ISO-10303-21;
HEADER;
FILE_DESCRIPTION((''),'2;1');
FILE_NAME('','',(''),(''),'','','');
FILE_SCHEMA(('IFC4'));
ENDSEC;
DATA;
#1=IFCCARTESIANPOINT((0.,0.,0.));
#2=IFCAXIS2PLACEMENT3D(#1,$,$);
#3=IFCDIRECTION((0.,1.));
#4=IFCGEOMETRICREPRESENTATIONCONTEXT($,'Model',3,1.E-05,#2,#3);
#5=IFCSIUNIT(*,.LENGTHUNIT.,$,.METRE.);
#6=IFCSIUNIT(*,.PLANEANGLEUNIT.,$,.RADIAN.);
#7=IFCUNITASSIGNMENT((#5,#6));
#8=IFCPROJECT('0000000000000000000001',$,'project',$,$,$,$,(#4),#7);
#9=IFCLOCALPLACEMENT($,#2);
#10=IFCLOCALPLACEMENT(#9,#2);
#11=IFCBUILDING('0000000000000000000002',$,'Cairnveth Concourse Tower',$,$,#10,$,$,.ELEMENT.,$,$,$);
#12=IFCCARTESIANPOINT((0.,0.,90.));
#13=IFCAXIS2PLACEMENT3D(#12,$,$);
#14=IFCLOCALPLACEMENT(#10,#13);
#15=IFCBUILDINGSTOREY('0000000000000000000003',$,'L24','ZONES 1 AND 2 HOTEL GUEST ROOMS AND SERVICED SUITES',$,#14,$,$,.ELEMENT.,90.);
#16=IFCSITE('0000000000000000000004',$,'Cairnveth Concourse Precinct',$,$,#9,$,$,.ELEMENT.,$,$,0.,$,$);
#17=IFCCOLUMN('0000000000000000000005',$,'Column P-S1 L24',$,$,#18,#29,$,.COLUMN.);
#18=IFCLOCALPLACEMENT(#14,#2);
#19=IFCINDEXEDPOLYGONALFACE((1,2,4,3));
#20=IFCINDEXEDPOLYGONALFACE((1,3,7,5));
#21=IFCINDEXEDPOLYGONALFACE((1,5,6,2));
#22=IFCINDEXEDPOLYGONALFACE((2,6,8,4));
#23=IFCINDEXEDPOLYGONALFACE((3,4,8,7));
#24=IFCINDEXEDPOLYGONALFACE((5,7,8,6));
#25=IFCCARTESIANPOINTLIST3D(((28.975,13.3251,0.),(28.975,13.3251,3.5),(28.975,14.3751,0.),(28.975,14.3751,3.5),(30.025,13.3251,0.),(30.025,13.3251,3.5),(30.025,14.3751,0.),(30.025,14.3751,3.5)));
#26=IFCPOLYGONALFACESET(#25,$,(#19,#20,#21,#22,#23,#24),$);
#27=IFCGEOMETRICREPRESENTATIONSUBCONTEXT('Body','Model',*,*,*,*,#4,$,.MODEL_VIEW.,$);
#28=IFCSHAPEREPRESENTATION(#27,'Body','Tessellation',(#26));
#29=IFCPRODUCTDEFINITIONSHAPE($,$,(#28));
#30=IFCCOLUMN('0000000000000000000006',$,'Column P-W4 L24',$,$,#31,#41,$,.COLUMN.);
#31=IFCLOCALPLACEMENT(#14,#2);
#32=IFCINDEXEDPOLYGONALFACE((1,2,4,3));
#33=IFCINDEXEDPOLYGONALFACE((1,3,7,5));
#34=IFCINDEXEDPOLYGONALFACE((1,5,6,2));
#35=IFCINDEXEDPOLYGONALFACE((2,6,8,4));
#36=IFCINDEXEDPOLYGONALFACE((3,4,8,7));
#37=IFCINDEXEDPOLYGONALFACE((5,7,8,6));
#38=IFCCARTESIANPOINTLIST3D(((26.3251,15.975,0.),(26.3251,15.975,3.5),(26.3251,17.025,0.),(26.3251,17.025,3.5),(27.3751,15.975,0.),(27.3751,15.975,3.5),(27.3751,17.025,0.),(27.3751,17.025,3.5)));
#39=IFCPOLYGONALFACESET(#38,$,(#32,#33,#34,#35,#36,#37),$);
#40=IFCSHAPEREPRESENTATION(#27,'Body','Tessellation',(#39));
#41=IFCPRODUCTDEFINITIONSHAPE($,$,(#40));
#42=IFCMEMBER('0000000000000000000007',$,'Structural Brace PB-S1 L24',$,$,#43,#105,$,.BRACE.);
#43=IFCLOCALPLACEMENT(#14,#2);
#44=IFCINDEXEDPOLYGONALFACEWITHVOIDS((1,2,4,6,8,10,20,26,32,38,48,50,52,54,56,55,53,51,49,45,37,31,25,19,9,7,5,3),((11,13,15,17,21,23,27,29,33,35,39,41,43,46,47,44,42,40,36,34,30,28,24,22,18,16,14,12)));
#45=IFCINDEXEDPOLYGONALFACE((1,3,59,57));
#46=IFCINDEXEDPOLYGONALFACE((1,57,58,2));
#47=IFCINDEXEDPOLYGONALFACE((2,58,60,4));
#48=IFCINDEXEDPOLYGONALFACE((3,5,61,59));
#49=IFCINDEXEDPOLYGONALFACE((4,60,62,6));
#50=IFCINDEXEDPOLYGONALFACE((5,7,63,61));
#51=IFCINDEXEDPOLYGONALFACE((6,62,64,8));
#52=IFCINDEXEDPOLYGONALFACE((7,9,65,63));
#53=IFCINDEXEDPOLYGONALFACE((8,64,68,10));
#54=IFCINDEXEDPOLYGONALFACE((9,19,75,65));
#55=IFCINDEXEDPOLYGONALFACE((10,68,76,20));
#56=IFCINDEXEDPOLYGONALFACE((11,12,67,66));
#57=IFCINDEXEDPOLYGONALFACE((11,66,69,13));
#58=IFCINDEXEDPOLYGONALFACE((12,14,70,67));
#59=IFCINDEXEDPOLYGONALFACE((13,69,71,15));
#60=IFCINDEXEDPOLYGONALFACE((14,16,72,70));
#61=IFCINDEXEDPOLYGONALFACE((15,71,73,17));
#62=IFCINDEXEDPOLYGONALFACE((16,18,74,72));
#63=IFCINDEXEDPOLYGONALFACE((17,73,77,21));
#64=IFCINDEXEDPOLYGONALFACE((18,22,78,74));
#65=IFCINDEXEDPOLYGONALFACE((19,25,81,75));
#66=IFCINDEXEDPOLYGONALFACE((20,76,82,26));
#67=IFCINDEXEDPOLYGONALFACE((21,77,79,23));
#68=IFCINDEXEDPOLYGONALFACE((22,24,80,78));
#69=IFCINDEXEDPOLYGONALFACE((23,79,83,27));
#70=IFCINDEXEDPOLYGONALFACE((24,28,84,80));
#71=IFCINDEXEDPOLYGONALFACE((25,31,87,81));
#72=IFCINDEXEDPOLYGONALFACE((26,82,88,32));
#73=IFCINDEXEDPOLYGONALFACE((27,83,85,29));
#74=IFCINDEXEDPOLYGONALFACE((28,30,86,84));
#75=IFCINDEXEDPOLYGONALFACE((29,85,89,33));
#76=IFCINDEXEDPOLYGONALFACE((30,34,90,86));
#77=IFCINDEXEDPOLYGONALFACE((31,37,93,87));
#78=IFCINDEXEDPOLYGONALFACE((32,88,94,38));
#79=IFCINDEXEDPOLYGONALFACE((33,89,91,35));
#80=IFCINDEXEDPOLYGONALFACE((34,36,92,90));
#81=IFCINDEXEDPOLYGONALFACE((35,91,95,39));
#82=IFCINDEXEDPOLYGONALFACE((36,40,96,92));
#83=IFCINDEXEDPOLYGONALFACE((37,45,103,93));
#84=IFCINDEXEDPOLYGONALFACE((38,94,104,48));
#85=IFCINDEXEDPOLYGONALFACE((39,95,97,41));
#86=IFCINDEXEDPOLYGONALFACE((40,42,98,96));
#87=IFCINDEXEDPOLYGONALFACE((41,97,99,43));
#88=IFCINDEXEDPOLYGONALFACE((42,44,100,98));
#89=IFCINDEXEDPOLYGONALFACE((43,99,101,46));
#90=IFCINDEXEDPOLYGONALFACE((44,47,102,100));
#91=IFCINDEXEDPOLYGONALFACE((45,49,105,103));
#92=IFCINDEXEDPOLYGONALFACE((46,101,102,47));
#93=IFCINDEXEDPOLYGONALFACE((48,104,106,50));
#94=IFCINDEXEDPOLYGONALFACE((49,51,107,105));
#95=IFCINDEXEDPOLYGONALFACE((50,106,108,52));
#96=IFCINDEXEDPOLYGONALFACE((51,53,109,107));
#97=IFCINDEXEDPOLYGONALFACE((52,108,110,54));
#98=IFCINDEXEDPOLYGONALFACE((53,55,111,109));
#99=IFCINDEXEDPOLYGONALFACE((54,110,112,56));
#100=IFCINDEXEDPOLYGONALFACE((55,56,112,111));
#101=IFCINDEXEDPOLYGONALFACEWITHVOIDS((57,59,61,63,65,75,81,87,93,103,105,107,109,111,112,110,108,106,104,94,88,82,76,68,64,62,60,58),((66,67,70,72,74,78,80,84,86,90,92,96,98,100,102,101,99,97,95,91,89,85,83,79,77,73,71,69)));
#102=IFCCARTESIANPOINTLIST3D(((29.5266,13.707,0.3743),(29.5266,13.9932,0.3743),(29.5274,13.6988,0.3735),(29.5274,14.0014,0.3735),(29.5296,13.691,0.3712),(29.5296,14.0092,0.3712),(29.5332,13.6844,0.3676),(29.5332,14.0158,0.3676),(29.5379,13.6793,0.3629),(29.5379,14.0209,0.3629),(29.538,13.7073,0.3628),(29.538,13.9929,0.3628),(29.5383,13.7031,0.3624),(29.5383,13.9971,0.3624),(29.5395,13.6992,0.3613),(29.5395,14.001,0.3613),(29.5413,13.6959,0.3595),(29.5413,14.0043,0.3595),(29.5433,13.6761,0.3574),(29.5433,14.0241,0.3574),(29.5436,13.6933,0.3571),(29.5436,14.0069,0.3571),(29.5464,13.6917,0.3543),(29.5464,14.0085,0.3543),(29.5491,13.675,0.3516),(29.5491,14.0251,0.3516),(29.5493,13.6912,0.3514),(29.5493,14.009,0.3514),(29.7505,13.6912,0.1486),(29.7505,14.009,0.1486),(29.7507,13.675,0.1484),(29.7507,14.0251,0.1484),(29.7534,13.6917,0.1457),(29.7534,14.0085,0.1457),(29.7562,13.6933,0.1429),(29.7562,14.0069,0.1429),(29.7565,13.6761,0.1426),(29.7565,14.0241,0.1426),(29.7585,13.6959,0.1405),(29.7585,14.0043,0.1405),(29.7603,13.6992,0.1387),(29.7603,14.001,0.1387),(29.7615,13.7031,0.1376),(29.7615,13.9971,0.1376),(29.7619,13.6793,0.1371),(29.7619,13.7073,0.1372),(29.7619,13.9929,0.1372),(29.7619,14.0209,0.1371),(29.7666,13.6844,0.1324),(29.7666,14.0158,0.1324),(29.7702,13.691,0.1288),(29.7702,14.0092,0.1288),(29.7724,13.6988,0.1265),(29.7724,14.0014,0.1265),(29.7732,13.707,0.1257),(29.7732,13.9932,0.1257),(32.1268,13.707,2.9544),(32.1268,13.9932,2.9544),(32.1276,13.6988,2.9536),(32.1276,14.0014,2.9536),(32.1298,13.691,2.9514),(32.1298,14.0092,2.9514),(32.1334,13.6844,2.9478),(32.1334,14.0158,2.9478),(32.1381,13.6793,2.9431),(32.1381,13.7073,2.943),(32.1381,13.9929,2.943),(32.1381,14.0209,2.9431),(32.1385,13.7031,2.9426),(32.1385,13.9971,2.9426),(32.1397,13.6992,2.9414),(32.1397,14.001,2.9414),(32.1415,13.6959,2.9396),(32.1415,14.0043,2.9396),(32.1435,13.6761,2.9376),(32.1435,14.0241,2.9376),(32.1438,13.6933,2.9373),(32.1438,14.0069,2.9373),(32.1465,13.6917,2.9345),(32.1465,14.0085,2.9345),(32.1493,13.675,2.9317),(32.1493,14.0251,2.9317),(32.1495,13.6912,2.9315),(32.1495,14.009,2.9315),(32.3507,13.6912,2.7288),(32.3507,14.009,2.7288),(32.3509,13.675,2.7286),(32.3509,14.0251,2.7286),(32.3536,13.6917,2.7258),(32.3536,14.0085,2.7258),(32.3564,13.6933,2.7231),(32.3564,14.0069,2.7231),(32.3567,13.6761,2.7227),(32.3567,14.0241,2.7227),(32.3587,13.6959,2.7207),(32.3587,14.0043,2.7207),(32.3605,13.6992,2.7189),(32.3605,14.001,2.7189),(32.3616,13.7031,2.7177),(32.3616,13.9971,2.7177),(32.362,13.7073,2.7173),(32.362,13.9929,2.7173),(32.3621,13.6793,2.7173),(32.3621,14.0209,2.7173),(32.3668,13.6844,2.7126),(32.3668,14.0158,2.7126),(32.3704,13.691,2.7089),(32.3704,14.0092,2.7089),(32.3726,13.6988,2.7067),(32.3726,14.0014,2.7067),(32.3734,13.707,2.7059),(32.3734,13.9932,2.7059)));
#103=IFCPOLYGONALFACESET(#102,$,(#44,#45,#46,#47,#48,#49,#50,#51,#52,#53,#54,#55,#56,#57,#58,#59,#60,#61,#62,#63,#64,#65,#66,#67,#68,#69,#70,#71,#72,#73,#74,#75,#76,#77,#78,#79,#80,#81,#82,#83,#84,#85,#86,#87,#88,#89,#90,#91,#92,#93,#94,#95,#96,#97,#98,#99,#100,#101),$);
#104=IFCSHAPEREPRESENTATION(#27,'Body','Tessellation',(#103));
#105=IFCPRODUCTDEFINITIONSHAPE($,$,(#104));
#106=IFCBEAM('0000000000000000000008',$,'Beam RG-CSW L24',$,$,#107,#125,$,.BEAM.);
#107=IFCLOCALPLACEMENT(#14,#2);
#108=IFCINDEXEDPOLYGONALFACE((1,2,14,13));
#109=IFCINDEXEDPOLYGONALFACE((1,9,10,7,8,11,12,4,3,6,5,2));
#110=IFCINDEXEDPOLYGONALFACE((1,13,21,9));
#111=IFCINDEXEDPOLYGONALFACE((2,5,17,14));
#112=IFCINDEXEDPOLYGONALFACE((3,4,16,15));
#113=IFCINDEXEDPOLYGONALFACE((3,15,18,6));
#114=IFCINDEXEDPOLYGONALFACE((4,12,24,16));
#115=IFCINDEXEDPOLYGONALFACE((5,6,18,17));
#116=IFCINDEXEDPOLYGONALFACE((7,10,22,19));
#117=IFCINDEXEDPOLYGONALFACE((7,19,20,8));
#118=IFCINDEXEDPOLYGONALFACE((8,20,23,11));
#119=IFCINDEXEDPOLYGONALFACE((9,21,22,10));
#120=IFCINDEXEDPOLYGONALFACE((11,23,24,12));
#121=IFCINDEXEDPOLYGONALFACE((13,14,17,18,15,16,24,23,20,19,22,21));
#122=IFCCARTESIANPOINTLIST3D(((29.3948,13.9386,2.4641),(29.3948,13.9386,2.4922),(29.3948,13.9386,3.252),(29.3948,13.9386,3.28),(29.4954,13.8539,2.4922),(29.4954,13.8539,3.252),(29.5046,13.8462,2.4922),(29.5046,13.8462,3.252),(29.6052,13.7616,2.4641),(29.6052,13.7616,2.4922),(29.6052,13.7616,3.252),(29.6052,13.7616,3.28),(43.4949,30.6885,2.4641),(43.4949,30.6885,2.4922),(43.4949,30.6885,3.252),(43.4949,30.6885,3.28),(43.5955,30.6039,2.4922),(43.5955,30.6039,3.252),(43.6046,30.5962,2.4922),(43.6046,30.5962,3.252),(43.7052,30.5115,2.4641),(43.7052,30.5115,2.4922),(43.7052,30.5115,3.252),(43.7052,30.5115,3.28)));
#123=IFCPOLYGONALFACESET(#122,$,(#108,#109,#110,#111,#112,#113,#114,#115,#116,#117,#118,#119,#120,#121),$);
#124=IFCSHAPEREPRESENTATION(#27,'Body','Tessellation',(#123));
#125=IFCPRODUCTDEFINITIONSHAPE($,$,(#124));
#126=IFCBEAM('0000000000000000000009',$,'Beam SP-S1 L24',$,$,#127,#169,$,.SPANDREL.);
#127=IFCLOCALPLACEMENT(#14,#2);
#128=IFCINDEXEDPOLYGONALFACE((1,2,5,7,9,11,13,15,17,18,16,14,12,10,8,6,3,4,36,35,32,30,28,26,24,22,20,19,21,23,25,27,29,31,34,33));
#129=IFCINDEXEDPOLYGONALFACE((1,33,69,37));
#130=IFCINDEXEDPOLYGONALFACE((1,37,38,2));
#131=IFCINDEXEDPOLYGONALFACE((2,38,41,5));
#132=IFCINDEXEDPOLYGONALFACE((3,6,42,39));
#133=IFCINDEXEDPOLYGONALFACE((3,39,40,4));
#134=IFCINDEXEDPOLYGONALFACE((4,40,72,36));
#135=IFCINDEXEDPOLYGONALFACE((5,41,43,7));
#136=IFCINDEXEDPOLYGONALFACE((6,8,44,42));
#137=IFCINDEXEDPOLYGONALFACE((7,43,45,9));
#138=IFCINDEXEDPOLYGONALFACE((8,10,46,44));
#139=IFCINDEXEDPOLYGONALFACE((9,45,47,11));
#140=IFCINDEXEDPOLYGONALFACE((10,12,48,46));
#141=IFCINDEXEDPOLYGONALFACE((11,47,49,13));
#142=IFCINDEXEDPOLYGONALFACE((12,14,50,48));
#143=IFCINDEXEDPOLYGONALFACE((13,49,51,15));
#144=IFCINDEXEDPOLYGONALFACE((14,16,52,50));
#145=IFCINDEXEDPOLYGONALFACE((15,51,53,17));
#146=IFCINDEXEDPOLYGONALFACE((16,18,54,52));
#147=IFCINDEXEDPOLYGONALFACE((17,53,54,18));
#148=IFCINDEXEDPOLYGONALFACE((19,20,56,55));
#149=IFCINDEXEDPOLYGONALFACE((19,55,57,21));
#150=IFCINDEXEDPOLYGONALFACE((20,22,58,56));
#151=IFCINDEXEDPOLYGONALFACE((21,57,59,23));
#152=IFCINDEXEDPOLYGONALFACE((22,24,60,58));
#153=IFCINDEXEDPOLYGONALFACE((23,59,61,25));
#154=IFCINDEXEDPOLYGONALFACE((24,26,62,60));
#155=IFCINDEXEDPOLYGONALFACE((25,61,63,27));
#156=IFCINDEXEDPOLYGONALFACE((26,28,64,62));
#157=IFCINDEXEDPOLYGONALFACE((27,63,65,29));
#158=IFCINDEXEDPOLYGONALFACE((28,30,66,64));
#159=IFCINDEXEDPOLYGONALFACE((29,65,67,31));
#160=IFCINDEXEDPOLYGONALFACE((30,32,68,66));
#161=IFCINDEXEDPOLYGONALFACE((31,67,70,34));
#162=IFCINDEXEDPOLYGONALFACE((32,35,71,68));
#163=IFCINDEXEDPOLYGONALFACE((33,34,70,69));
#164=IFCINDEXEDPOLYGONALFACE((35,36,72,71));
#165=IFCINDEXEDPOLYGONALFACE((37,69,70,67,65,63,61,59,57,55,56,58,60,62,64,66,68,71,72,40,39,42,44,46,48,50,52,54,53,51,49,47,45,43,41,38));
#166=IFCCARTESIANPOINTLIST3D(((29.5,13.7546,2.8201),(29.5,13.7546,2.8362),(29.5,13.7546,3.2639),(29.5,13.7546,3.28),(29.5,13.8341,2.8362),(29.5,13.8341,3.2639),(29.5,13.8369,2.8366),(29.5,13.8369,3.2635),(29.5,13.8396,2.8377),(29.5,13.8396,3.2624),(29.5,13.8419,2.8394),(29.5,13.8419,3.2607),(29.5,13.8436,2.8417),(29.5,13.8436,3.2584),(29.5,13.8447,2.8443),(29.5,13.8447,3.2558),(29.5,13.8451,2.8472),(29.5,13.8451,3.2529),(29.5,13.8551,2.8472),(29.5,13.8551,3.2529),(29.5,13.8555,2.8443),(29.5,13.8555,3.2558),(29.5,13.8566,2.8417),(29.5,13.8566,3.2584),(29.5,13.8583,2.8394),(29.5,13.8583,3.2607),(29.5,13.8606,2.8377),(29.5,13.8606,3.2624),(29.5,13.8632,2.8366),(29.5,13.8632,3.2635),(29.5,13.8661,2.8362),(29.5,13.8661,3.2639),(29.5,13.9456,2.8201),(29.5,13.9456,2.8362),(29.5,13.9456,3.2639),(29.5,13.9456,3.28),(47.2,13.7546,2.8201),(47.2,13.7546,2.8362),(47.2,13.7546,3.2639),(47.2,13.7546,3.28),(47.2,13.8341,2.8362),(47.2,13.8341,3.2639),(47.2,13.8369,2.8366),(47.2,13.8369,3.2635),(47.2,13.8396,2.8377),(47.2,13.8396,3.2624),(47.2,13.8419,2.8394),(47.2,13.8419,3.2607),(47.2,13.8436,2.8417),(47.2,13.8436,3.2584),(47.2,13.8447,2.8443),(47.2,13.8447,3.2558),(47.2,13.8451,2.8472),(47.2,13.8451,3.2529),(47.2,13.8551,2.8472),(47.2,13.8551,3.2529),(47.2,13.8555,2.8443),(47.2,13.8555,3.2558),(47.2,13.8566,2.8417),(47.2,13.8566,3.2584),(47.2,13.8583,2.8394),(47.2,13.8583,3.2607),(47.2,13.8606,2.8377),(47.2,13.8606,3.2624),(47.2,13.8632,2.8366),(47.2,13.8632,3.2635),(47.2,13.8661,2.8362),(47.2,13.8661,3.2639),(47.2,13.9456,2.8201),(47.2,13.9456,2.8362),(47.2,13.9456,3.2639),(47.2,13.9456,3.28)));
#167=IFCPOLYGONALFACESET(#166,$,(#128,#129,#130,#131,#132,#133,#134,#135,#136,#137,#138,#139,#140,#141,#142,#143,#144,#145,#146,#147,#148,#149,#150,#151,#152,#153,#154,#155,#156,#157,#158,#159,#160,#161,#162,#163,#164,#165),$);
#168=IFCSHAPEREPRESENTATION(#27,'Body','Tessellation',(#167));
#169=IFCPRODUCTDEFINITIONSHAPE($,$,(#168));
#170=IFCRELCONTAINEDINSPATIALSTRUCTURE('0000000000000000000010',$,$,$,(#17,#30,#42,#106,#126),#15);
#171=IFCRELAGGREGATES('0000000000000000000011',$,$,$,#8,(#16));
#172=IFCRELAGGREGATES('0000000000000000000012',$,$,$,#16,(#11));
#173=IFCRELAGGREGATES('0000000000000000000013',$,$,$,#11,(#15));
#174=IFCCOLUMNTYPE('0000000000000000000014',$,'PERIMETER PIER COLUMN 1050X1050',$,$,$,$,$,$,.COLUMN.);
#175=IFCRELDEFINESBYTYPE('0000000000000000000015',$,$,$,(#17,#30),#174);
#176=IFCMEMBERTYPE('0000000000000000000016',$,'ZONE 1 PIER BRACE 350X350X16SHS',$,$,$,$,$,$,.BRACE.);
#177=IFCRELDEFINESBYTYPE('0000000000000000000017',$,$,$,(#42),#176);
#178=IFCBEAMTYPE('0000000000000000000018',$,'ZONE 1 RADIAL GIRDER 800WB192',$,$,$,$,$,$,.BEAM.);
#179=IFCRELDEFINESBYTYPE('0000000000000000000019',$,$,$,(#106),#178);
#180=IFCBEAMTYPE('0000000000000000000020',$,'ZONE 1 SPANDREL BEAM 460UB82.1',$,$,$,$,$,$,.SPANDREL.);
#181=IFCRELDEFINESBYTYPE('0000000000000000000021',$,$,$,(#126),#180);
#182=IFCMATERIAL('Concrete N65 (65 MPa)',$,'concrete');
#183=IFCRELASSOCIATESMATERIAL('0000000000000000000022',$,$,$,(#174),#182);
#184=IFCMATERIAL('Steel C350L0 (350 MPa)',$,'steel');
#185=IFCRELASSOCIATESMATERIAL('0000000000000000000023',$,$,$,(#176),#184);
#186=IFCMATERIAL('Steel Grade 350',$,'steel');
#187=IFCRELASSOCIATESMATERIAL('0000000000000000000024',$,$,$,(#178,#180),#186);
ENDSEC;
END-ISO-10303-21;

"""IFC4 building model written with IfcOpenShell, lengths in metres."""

from ifc_helpers import new_model, si_unit, direction, frame, origin, origin_2d, place, context, subcontext, project, spatial, rectangle, hollow_rectangle, i_section, extrude, material, material_profile, profile_set, type_object, element, save


model = new_model("IFC4")

# Units and contexts
model_context = context("Model", 3, precision=1e-05, world=origin(), true_north=direction((0.0, 1.0)))
body_context = subcontext(model_context, "Body", "Model", "MODEL_VIEW")
ifc_project = project(units=[si_unit("LENGTHUNIT", "METRE"), si_unit("PLANEANGLEUNIT", "RADIAN")], contexts=[model_context])

# Site, building, storey
site_placement = place(None, origin())
site = spatial("IfcSite", under=ifc_project, at=site_placement, Name="Cairnveth Concourse Precinct", CompositionType="ELEMENT", RefElevation=0.0)
building_placement = place(site_placement, origin())
building = spatial("IfcBuilding", under=site, at=building_placement, Name="Cairnveth Concourse Tower", CompositionType="ELEMENT")
storey_placement = place(building_placement, frame((0.0, 0.0, 90.0)))
storey = spatial("IfcBuildingStorey", under=building, at=storey_placement, Name="L24", Description="ZONES 1 AND 2 HOTEL GUEST ROOMS AND SERVICED SUITES", CompositionType="ELEMENT", Elevation=90.0)

# Columns
ifc_material_1 = material(Name="Concrete N65 (65 MPa)", Category="concrete")
ifc_material_profile_1 = material_profile(ifc_material_1, rectangle(XDim=1.05, YDim=1.05, at=origin_2d()), Name="RC-COL-1050x1050")
ifc_profile_set_1 = profile_set([ifc_material_profile_1], Name="Concrete N65 (65 MPa)")
column_type = type_object("IfcColumnType", Name="PERIMETER PIER COLUMN 1050X1050", PredefinedType="COLUMN", material=ifc_profile_set_1)
for number, where, z_axis, x_axis, name in (
    (1, (29.5, 13.8501, 0.0), (0.0, 0.0, 1.0), (1.0, 0.0, 0.0), "Column P-S1 L24"),
    (2, (26.8501, 16.5, 0.0), (0.0, 0.0, 1.0), (0.0, 1.0, 0.0), "Column P-W4 L24"),
):
    element("IfcColumn", number, at=place(storey_placement, frame(where, z_axis=z_axis, x_axis=x_axis)), inside=storey, type_object=column_type, Name=name, PredefinedType="COLUMN", context=body_context, shape_type="SweptSolid", body=[
        extrude(rectangle(XDim=1.05, YDim=1.05, at=origin_2d()), origin(), (0.0, 0.0, 1.0), 3.5),
    ])

# Member
ifc_material_2 = material(Name="Steel C350L0 (350 MPa)", Category="steel")
ifc_material_profile_2 = material_profile(ifc_material_2, hollow_rectangle(XDim=0.3501, YDim=0.3501, WallThickness=0.0161, InnerFilletRadius=0.0161, OuterFilletRadius=0.032, at=origin_2d()), Name="350x350x16.0SHS")
ifc_profile_set_2 = profile_set([ifc_material_profile_2], Name="Steel C350L0 (350 MPa)")
member_type = type_object("IfcMemberType", Name="ZONE 1 PIER BRACE 350X350X16SHS", PredefinedType="BRACE", material=ifc_profile_set_2)
member_placement = place(storey_placement, frame((29.6499, 13.8501, 0.25), z_axis=(0.709834, 0.0, 0.704369), x_axis=(0.0, 1.0, 0.0)))
element("IfcMember", 3, at=member_placement, inside=storey, type_object=member_type, Name="Structural Brace PB-S1 L24", PredefinedType="BRACE", context=body_context, shape_type="SweptSolid", body=[
    extrude(hollow_rectangle(XDim=0.3501, YDim=0.3501, WallThickness=0.0161, InnerFilletRadius=0.0161, OuterFilletRadius=0.032, at=origin_2d()), origin(), (0.0, 0.0, 1.0), 3.6631),
])

# Beams
ifc_material_3 = material(Name="Steel Grade 350", Category="steel")
ifc_material_profile_3 = material_profile(ifc_material_3, i_section(OverallWidth=0.2749, OverallDepth=0.8159, WebThickness=0.012, FlangeThickness=0.0281, at=origin_2d()), Name="800WB192")
ifc_profile_set_3 = profile_set([ifc_material_profile_3], Name="Steel Grade 350")
beam_type_1 = type_object("IfcBeamType", Name="ZONE 1 RADIAL GIRDER 800WB192", PredefinedType="BEAM", material=ifc_profile_set_3)
beam_placement = place(storey_placement, frame((29.5, 13.8501, 2.8721), z_axis=(0.643998, 0.765027, 0.0), x_axis=(-0.765027, 0.643998, 0.0)))
element("IfcBeam", 4, at=beam_placement, inside=storey, type_object=beam_type_1, Name="Beam RG-CSW L24", PredefinedType="BEAM", context=body_context, shape_type="SweptSolid", body=[
    extrude(i_section(OverallWidth=0.2749, OverallDepth=0.8159, WebThickness=0.012, FlangeThickness=0.0281, at=origin_2d()), origin(), (0.0, 0.0, 1.0), 21.8945),
])
ifc_material_profile_4 = material_profile(ifc_material_3, i_section(OverallWidth=0.1909, OverallDepth=0.46, WebThickness=0.01, FlangeThickness=0.0161, FilletRadius=0.011, at=origin_2d()), Name="460UB82.1")
ifc_profile_set_4 = profile_set([ifc_material_profile_4], Name="Steel Grade 350")
beam_type_2 = type_object("IfcBeamType", Name="ZONE 1 SPANDREL BEAM 460UB82.1", PredefinedType="SPANDREL", material=ifc_profile_set_4)
for number, where, z_axis, x_axis, name in (
    (5, (29.5, 13.8501, 3.05), (1.0, 0.0, 0.0), (0.0, 1.0, 0.0), "Beam SP-S1 L24"),
):
    element("IfcBeam", number, at=place(storey_placement, frame(where, z_axis=z_axis, x_axis=x_axis)), inside=storey, type_object=beam_type_2, Name=name, PredefinedType="SPANDREL", context=body_context, shape_type="SweptSolid", body=[
        extrude(i_section(OverallWidth=0.1909, OverallDepth=0.46, WebThickness=0.01, FlangeThickness=0.0161, FilletRadius=0.011, at=origin_2d()), origin(), (0.0, 0.0, 1.0), 17.7),
    ])

save(model, "model.ifc")
